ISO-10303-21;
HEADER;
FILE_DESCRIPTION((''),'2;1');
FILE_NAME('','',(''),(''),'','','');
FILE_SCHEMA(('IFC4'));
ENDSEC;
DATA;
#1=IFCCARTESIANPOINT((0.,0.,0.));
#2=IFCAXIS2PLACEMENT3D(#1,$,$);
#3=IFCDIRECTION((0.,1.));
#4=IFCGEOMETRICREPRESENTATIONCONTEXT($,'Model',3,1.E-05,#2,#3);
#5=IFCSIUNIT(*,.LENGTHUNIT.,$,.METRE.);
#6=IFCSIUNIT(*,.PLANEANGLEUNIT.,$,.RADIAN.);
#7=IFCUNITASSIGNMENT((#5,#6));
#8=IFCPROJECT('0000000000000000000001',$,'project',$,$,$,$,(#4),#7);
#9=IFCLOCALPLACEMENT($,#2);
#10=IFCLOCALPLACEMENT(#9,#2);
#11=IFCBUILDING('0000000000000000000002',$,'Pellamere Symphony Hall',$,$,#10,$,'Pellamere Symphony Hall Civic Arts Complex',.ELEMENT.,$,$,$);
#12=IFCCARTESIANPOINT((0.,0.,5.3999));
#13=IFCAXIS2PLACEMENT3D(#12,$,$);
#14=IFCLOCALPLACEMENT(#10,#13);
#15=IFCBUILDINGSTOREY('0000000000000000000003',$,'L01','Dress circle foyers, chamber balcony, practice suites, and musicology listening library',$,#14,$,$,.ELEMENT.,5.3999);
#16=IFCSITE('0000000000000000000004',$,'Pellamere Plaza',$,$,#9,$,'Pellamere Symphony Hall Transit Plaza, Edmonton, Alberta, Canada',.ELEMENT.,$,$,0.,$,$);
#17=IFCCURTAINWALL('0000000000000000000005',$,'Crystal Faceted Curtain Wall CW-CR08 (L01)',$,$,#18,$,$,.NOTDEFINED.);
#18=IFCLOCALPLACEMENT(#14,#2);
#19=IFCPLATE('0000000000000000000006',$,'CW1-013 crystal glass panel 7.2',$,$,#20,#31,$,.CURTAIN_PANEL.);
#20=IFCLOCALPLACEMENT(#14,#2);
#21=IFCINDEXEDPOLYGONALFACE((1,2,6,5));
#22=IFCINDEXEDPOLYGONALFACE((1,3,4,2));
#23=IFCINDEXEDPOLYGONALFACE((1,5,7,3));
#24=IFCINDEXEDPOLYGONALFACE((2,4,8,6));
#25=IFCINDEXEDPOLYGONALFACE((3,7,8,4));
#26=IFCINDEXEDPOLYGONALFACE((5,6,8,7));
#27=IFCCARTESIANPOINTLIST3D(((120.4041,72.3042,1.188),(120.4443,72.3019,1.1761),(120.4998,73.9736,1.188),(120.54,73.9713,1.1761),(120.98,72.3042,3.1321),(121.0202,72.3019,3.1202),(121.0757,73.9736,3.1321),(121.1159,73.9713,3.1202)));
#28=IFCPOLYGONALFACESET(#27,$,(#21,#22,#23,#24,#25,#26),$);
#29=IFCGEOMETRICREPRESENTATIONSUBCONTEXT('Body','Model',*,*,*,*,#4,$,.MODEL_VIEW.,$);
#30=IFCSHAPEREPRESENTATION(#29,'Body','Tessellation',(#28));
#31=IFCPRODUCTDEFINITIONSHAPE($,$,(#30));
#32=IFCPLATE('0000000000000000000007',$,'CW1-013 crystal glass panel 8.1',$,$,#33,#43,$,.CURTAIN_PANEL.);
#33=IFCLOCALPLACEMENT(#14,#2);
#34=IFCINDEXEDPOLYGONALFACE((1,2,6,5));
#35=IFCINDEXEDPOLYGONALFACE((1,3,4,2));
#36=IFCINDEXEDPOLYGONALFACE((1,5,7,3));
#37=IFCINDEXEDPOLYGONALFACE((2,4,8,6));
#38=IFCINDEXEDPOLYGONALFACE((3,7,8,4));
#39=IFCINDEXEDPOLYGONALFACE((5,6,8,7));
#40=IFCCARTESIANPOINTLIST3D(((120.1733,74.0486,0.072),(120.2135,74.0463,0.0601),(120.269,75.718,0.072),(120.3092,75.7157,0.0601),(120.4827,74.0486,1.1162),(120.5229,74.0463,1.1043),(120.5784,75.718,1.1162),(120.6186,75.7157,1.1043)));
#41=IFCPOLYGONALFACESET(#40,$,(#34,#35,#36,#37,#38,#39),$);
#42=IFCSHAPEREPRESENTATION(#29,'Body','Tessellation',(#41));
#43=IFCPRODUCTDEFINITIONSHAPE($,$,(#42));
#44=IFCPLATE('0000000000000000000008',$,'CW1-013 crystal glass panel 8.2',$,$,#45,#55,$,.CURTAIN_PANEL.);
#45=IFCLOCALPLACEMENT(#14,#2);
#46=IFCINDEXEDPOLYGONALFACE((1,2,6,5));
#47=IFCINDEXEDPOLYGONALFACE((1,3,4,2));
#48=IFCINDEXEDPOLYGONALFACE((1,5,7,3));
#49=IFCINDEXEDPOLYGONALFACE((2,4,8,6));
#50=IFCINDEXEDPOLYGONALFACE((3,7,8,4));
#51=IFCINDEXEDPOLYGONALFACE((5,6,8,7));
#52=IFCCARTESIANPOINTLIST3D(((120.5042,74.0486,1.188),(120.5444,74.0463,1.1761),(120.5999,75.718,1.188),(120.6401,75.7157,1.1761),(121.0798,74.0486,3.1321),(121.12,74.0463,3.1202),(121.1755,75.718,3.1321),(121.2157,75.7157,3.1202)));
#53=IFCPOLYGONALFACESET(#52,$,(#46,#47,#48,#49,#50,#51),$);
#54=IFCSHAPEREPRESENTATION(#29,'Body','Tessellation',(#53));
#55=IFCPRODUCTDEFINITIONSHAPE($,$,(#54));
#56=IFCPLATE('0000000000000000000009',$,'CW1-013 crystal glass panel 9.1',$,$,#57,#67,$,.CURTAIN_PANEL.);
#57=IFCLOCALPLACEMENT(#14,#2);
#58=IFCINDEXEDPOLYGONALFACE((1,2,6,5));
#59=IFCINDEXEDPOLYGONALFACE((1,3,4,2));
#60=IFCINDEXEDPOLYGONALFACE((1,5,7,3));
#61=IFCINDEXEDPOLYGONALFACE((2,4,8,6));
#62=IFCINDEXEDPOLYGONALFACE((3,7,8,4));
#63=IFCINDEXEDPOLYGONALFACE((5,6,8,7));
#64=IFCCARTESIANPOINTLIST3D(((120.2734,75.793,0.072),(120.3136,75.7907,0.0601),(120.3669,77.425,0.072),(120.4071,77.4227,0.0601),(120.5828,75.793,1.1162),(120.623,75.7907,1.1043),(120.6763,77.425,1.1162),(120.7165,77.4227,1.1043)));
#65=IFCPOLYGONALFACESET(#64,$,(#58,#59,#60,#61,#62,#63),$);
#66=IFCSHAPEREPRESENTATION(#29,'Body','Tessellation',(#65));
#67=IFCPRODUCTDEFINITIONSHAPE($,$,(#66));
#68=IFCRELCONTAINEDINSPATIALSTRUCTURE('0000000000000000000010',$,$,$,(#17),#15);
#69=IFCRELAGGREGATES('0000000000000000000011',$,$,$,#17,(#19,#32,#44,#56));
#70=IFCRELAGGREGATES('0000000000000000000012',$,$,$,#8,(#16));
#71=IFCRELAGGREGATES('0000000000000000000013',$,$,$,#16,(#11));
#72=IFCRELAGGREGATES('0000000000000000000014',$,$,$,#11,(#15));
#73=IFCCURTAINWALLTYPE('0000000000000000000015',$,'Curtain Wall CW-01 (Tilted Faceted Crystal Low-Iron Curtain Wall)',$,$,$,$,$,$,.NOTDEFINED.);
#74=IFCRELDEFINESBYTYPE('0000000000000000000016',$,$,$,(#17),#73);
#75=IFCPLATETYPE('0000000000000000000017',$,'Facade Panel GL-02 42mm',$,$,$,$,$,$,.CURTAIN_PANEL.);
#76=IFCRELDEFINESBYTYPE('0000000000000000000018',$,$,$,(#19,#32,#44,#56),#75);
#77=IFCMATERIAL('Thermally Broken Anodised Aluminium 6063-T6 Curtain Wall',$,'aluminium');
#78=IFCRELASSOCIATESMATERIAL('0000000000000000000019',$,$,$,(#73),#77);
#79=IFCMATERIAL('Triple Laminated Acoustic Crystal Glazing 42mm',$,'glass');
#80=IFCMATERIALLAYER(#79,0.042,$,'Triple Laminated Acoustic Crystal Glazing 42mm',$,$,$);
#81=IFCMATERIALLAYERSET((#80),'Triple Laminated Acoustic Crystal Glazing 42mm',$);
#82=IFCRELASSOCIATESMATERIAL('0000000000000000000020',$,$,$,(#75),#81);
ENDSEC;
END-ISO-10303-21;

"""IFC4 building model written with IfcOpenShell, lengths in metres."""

from ifc_helpers import new_model, si_unit, direction, frame, origin, place, context, subcontext, project, spatial, polyline, outline, extrude, material, layer, layer_set, type_object, element, aggregate, save


model = new_model("IFC4")

# Units and contexts
model_context = context("Model", 3, precision=1e-05, world=origin(), true_north=direction((0.0, 1.0)))
body_context = subcontext(model_context, "Body", "Model", "MODEL_VIEW")
ifc_project = project(units=[si_unit("LENGTHUNIT", "METRE"), si_unit("PLANEANGLEUNIT", "RADIAN")], contexts=[model_context])

# Site, building, storey
site_placement = place(None, origin())
site = spatial("IfcSite", under=ifc_project, at=site_placement, Name="Pellamere Plaza", LongName="Pellamere Symphony Hall Transit Plaza, Edmonton, Alberta, Canada", CompositionType="ELEMENT", RefElevation=0.0)
building_placement = place(site_placement, origin())
building = spatial("IfcBuilding", under=site, at=building_placement, Name="Pellamere Symphony Hall", LongName="Pellamere Symphony Hall Civic Arts Complex", CompositionType="ELEMENT")
storey_placement = place(building_placement, frame((0.0, 0.0, 5.3999)))
storey = spatial("IfcBuildingStorey", under=building, at=storey_placement, Name="L01", Description="Dress circle foyers, chamber balcony, practice suites, and musicology listening library", CompositionType="ELEMENT", Elevation=5.3999)

# Curtain wall, plates
ifc_material_1 = material(Name="Thermally Broken Anodised Aluminium 6063-T6 Curtain Wall", Category="aluminium")
curtain_wall_type = type_object("IfcCurtainWallType", Name="Curtain Wall CW-01 (Tilted Faceted Crystal Low-Iron Curtain Wall)", PredefinedType="NOTDEFINED", material=ifc_material_1)
curtain_wall_placement = place(storey_placement, origin())
curtain_wall = element("IfcCurtainWall", 1, at=curtain_wall_placement, inside=storey, type_object=curtain_wall_type, Name="Crystal Faceted Curtain Wall CW-CR08 (L01)", PredefinedType="NOTDEFINED")
ifc_material_2 = material(Name="Triple Laminated Acoustic Crystal Glazing 42mm", Category="glass")
ifc_layer = layer(ifc_material_2, 0.042, Name="Triple Laminated Acoustic Crystal Glazing 42mm")
ifc_layer_set = layer_set([ifc_layer], Name="Triple Laminated Acoustic Crystal Glazing 42mm")
plate_type = type_object("IfcPlateType", Name="Facade Panel GL-02 42mm", PredefinedType="CURTAIN_PANEL", material=ifc_layer_set)
plate_1_placement = place(storey_placement, frame((120.4041, 72.3042, 1.188), z_axis=(-0.957366, 0.054883, 0.283615), x_axis=(0.057233, 0.998361, 0.0)))
plate_1 = element("IfcPlate", 2, at=plate_1_placement, type_object=plate_type, Name="CW1-013 crystal glass panel 7.2", PredefinedType="CURTAIN_PANEL", context=body_context, shape_type="SweptSolid", body=[
    extrude(outline(polyline([(0.0, 0.0), (1.6722, 0.0), (1.7051, -2.0273), (0.033, -2.0273), (0.0, 0.0)])), origin(), (0.0, 0.0, -1.0), 0.042),
])
plate_2_placement = place(storey_placement, frame((120.1733, 74.0486, 0.072), z_axis=(-0.957369, 0.054883, 0.283607), x_axis=(0.057233, 0.998361, 0.0)))
plate_2 = element("IfcPlate", 3, at=plate_2_placement, type_object=plate_type, Name="CW1-013 crystal glass panel 8.1", PredefinedType="CURTAIN_PANEL", context=body_context, shape_type="SweptSolid", body=[
    extrude(outline(polyline([(0.0, 0.0), (1.6722, 0.0), (1.6899, -1.0889), (0.0177, -1.0889), (0.0, 0.0)])), origin(), (0.0, 0.0, -1.0), 0.042),
])
plate_3_placement = place(storey_placement, frame((120.5042, 74.0486, 1.188), z_axis=(-0.957399, 0.054885, 0.283505), x_axis=(0.057233, 0.998361, 0.0)))
plate_3 = element("IfcPlate", 4, at=plate_3_placement, type_object=plate_type, Name="CW1-013 crystal glass panel 8.2", PredefinedType="CURTAIN_PANEL", context=body_context, shape_type="SweptSolid", body=[
    extrude(outline(polyline([(0.0, 0.0), (1.6722, 0.0), (1.7051, -2.0273), (0.0329, -2.0273), (0.0, 0.0)])), origin(), (0.0, 0.0, -1.0), 0.042),
])
plate_4_placement = place(storey_placement, frame((120.2734, 75.793, 0.072), z_axis=(-0.957371, 0.05485, 0.283607), x_axis=(0.057199, 0.998363, 0.0)))
plate_4 = element("IfcPlate", 5, at=plate_4_placement, type_object=plate_type, Name="CW1-013 crystal glass panel 9.1", PredefinedType="CURTAIN_PANEL", context=body_context, shape_type="SweptSolid", body=[
    extrude(outline(polyline([(0.0, 0.0), (1.6348, 0.0), (1.6524, -1.0889), (0.0177, -1.0889), (0.0, 0.0)])), origin(), (0.0, 0.0, -1.0), 0.042),
])
aggregate(curtain_wall, [plate_1, plate_2, plate_3, plate_4])

save(model, "model.ifc")
